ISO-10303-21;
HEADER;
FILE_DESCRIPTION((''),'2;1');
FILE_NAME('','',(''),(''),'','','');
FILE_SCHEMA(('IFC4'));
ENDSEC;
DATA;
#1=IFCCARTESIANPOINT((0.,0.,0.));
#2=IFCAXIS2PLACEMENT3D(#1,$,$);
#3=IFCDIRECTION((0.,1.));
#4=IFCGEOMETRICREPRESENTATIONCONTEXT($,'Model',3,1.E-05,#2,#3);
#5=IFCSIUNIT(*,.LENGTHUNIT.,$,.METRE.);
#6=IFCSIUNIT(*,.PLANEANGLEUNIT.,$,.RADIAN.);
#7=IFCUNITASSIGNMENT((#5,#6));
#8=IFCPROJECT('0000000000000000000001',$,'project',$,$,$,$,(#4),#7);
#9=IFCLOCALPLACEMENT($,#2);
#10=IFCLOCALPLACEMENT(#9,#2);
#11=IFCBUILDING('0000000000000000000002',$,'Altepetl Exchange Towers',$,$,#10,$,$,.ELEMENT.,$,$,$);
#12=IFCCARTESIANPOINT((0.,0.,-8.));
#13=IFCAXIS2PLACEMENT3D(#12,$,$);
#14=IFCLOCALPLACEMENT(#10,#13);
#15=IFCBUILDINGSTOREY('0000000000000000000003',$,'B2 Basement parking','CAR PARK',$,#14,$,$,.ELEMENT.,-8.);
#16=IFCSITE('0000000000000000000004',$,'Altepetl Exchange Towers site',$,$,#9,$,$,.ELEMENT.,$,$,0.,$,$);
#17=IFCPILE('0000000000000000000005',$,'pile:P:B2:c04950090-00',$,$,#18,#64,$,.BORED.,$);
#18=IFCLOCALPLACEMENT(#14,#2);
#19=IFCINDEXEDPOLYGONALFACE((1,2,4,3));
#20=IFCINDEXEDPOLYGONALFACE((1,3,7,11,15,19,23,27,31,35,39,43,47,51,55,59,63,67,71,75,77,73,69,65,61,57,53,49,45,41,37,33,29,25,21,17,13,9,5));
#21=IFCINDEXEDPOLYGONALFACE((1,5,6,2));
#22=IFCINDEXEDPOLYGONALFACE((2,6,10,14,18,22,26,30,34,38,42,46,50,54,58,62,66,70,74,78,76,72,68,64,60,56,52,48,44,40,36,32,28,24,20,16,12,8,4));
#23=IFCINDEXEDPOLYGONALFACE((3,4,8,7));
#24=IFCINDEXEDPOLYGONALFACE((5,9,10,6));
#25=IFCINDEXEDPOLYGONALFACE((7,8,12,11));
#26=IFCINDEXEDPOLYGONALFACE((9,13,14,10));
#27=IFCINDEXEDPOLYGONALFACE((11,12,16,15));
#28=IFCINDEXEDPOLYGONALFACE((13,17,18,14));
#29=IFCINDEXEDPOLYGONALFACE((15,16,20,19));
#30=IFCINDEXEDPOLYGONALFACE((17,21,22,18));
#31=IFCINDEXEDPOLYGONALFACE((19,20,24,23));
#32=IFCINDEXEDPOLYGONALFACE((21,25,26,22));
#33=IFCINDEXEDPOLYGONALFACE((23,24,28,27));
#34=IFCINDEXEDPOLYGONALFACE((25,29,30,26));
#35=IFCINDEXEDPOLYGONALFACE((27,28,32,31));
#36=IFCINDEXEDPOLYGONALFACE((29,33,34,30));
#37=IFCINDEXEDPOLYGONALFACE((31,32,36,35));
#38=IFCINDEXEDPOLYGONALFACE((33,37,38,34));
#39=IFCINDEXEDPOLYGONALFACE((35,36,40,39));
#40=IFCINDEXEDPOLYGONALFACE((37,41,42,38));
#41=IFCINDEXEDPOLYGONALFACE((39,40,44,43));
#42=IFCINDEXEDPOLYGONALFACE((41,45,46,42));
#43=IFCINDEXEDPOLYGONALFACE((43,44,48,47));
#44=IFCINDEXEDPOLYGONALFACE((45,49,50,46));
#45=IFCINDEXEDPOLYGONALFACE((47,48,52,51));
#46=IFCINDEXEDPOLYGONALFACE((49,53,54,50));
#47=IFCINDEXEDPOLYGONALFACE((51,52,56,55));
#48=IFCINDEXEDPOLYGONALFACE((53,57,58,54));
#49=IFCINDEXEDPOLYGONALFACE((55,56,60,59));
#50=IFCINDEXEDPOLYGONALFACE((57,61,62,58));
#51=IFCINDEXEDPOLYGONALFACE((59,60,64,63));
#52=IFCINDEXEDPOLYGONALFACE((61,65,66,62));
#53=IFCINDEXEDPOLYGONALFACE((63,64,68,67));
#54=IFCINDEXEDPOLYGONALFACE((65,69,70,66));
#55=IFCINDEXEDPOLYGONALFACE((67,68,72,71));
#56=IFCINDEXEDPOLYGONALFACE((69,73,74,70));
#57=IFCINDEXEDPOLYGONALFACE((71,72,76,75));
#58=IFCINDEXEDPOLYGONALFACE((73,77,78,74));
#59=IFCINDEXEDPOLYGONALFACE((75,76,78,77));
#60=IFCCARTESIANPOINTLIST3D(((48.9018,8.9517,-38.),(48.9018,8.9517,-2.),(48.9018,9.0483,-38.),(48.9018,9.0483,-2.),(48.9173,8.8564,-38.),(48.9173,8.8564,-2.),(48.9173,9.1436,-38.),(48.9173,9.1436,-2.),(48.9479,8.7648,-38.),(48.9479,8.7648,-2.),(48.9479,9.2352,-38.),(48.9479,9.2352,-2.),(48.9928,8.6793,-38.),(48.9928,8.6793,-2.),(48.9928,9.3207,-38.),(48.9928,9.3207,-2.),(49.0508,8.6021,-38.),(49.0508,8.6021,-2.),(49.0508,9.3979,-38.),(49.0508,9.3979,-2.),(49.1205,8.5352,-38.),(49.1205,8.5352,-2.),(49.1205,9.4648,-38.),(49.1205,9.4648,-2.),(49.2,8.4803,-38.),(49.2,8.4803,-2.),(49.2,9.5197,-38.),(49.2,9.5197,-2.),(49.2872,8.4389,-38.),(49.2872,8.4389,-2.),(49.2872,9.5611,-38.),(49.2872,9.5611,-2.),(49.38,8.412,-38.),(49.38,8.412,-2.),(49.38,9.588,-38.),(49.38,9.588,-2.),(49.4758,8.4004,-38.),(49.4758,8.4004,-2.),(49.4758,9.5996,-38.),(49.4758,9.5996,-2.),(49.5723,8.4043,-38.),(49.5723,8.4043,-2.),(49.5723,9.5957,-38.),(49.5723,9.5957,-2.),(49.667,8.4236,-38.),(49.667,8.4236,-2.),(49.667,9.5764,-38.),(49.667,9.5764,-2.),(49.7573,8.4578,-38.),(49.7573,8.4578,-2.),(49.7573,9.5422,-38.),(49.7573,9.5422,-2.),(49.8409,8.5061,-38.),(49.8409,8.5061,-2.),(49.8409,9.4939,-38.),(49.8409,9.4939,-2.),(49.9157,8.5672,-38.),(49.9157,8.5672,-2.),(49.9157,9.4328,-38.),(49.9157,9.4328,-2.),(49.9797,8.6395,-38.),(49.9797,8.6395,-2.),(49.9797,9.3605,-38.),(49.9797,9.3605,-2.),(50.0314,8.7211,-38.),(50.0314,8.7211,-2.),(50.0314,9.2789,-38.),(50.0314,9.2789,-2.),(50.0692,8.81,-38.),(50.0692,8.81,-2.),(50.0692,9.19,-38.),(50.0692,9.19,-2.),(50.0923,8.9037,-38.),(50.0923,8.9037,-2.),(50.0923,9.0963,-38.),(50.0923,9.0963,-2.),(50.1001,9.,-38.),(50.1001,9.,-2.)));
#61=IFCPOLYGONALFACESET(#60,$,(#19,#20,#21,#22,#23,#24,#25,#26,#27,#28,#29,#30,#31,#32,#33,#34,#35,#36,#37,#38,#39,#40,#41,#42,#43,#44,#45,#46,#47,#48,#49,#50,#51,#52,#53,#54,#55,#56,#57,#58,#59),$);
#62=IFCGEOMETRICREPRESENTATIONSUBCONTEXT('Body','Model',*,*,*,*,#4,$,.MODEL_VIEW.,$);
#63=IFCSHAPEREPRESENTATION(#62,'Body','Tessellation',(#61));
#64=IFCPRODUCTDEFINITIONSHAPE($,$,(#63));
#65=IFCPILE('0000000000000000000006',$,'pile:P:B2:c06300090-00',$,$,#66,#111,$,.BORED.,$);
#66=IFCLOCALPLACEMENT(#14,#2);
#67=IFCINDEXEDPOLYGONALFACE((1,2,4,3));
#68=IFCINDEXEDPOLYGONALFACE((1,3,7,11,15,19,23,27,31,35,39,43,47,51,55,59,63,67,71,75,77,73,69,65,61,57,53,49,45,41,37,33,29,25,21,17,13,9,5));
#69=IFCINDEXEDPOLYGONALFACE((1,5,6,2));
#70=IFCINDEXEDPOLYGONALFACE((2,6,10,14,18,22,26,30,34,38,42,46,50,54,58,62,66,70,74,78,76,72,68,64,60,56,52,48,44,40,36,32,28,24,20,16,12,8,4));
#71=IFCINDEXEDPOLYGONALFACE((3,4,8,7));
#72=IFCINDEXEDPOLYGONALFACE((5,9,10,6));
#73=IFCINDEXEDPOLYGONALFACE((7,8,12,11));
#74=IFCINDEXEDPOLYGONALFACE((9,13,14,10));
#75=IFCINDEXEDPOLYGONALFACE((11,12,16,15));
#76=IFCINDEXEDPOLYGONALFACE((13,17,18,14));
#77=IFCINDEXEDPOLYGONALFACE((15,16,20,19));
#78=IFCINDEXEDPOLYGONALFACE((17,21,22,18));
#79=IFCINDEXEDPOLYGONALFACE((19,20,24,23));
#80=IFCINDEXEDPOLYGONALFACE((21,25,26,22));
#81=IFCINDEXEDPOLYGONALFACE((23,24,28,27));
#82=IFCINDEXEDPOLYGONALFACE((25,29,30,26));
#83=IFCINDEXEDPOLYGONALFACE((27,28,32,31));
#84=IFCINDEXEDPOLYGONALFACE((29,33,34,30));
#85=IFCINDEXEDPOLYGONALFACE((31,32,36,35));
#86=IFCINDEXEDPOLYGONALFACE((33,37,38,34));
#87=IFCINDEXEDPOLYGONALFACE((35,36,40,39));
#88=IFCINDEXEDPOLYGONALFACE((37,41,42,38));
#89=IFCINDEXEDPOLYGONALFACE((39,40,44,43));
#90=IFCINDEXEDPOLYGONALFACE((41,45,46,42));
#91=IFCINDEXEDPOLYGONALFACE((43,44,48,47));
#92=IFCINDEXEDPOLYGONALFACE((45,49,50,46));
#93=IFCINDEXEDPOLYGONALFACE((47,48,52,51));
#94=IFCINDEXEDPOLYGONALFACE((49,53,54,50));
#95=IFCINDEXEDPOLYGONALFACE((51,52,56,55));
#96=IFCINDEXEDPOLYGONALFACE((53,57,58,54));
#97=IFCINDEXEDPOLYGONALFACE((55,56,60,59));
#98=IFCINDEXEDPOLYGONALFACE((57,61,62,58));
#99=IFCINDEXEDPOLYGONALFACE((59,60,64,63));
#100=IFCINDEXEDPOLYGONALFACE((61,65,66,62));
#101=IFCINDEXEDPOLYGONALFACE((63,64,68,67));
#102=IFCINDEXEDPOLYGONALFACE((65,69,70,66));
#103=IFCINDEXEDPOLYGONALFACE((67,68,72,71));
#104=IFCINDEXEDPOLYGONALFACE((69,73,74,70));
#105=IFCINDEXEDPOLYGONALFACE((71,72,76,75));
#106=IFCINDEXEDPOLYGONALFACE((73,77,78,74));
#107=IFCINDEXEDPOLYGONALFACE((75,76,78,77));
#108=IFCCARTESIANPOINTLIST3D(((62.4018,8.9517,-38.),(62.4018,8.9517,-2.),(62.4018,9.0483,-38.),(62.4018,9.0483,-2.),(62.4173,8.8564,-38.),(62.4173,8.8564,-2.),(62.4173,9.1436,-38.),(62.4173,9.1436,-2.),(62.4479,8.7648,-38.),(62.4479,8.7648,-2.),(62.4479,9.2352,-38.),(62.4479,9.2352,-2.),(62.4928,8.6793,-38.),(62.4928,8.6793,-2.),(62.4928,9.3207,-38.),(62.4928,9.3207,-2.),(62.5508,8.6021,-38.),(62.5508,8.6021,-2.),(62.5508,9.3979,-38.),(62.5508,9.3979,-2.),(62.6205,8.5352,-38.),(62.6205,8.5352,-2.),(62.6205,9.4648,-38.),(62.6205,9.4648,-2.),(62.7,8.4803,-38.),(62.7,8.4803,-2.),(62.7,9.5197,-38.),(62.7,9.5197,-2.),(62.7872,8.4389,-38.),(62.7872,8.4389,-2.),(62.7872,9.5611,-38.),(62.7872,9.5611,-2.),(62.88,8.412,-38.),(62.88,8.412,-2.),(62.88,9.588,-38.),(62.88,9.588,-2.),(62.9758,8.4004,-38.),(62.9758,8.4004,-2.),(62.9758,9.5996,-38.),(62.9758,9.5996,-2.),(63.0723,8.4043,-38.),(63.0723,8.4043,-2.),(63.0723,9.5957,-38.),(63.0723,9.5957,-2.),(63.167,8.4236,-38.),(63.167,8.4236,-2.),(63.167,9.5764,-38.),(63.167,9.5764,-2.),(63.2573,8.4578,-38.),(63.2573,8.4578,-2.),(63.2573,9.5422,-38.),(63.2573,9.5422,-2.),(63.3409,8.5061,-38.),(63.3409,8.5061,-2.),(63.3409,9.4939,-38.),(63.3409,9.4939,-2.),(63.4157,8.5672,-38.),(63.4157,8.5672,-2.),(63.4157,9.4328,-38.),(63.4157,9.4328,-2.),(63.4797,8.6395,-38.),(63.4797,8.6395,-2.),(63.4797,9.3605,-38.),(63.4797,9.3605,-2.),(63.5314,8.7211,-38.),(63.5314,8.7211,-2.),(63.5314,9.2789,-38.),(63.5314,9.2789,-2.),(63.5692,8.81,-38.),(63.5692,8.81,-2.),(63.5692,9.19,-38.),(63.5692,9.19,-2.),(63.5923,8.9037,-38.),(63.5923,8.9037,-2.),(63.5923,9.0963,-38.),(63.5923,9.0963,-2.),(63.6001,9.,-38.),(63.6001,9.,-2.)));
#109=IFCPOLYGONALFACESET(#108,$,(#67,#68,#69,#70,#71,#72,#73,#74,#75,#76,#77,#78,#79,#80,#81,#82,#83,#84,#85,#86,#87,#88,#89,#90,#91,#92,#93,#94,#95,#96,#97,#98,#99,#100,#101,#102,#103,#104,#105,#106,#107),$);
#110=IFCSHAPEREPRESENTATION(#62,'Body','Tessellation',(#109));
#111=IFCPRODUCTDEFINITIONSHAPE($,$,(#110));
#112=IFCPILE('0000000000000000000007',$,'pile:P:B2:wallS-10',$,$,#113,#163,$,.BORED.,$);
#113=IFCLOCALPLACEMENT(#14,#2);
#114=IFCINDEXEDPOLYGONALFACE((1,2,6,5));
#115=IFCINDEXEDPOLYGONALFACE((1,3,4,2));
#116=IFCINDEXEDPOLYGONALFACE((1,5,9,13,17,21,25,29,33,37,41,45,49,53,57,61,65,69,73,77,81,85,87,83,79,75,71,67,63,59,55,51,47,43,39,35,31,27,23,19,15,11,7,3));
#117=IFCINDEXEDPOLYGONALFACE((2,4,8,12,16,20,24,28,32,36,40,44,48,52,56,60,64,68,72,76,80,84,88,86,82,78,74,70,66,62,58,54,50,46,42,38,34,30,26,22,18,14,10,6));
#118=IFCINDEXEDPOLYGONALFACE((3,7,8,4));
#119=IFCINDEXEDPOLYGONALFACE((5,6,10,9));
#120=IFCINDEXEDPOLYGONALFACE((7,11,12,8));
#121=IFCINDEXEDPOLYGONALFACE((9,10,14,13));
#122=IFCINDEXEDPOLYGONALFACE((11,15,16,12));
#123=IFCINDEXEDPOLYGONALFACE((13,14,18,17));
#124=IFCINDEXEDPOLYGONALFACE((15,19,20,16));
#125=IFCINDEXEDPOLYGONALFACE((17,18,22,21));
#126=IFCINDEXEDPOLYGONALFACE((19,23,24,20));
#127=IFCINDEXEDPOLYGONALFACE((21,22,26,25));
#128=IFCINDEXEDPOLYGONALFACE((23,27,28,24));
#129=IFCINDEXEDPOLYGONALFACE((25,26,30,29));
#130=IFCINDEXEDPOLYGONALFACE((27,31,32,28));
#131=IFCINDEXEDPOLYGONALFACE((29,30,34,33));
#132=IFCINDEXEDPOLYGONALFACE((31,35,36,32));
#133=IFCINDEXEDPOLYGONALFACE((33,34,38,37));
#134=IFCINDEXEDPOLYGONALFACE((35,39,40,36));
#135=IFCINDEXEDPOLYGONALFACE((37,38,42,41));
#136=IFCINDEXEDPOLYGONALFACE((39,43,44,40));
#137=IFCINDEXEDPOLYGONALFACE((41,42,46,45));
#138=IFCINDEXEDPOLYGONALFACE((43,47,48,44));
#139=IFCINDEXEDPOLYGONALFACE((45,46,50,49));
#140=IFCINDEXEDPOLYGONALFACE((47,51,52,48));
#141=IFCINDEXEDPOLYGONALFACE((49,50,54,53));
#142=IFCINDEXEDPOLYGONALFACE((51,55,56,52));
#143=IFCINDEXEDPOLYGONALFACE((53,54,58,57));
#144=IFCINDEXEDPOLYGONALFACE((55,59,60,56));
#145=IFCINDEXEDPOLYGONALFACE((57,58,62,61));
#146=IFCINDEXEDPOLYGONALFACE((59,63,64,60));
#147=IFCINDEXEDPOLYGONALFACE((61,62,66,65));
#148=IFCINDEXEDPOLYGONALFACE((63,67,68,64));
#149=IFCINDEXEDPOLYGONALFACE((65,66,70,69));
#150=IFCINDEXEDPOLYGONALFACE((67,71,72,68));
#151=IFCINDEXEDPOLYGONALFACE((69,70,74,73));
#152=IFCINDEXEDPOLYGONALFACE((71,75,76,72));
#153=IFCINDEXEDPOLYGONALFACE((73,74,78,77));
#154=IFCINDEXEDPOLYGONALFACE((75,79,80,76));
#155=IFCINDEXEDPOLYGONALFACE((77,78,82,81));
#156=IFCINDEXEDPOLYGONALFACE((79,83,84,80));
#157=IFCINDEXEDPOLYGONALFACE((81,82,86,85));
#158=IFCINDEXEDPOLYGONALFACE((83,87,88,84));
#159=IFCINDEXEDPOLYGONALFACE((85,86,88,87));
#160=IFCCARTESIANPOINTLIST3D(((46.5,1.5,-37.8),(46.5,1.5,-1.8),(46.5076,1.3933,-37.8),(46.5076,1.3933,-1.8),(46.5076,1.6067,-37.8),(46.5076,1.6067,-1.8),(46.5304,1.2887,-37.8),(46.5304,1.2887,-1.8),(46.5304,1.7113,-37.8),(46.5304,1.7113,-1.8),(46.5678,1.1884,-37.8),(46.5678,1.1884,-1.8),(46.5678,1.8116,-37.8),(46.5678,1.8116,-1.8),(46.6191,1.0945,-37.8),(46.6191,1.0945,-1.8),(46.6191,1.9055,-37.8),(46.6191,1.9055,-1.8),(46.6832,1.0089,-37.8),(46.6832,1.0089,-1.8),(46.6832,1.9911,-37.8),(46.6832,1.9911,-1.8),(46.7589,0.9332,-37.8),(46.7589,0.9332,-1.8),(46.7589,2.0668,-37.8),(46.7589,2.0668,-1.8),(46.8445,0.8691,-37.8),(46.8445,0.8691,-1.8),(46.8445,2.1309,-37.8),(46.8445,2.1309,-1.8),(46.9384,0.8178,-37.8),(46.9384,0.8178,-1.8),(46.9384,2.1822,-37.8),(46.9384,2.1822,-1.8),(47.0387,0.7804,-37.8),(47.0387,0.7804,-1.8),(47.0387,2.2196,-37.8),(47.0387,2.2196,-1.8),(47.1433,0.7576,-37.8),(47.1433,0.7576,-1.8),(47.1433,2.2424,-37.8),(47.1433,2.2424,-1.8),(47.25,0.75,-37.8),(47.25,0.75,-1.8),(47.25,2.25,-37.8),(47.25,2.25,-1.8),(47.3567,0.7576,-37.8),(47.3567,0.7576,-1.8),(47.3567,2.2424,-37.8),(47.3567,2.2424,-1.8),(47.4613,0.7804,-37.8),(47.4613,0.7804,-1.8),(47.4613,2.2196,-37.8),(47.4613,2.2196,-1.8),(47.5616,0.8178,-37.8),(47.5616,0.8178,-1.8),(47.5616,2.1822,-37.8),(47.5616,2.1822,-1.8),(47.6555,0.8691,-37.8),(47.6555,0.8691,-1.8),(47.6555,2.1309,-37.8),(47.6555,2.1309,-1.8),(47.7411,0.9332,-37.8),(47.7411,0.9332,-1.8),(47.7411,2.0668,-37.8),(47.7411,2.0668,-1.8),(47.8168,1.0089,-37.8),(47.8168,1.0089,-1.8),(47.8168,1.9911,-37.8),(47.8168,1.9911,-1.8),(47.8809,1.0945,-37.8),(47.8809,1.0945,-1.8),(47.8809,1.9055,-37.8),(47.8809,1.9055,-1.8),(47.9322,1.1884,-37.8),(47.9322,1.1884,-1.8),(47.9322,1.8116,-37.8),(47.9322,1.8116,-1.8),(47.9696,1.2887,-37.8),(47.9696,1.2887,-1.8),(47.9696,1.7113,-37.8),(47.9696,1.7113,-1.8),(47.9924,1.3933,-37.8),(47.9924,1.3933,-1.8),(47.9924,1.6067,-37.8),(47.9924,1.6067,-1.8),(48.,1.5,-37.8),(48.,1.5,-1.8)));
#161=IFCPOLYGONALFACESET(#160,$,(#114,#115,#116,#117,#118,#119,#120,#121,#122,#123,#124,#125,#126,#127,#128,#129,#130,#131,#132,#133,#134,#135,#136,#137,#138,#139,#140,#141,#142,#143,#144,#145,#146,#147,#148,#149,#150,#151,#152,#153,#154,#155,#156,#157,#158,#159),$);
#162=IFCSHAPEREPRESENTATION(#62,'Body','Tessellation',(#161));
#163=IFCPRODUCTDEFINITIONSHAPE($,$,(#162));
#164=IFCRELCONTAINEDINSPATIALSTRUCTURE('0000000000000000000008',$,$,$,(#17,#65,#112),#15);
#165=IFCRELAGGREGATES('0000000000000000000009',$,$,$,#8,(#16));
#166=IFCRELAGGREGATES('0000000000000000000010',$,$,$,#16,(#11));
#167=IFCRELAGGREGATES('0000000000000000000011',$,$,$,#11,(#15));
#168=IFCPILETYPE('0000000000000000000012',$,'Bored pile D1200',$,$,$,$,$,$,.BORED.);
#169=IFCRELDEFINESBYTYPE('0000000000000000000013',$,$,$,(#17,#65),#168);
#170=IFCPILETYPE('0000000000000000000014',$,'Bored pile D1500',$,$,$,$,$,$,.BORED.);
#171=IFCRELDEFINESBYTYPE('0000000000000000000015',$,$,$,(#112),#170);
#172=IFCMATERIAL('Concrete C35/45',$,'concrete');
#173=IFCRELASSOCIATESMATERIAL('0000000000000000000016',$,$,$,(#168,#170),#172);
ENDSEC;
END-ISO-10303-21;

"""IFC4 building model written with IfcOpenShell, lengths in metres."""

from ifc_helpers import new_model, si_unit, direction, frame, origin, origin_2d, place, context, subcontext, project, spatial, circle, extrude, material, material_profile, profile_set, type_object, element, save


model = new_model("IFC4")

# Units and contexts
model_context = context("Model", 3, precision=1e-05, world=origin(), true_north=direction((0.0, 1.0)))
body_context = subcontext(model_context, "Body", "Model", "MODEL_VIEW")
ifc_project = project(units=[si_unit("LENGTHUNIT", "METRE"), si_unit("PLANEANGLEUNIT", "RADIAN")], contexts=[model_context])

# Site, building, storey
site_placement = place(None, origin())
site = spatial("IfcSite", under=ifc_project, at=site_placement, Name="Altepetl Exchange Towers site", CompositionType="ELEMENT", RefElevation=0.0)
building_placement = place(site_placement, origin())
building = spatial("IfcBuilding", under=site, at=building_placement, Name="Altepetl Exchange Towers", CompositionType="ELEMENT")
storey_placement = place(building_placement, frame((0.0, 0.0, -8.0)))
storey = spatial("IfcBuildingStorey", under=building, at=storey_placement, Name="B2 Basement parking", Description="CAR PARK", CompositionType="ELEMENT", Elevation=-8.0)

# Piles
ifc_material_1 = material(Name="Concrete C35/45", Category="concrete")
ifc_material_profile_1 = material_profile(ifc_material_1, circle(Radius=0.6001, at=origin_2d()), Name="D1200")
ifc_profile_set_1 = profile_set([ifc_material_profile_1], Name="Concrete C35/45")
pile_type_1 = type_object("IfcPileType", Name="Bored pile D1200", PredefinedType="BORED", material=ifc_profile_set_1)
for number, where, z_axis, x_axis, name in (
    (1, (49.5, 9.0, -2.0), (0.0, 0.0, -1.0), (1.0, 0.0, 0.0), "pile:P:B2:c04950090-00"),
    (2, (63.0, 9.0, -2.0), (0.0, 0.0, -1.0), (1.0, 0.0, 0.0), "pile:P:B2:c06300090-00"),
):
    element("IfcPile", number, at=place(storey_placement, frame(where, z_axis=z_axis, x_axis=x_axis)), inside=storey, type_object=pile_type_1, Name=name, PredefinedType="BORED", context=body_context, shape_type="SweptSolid", body=[
        extrude(circle(Radius=0.6001, at=origin_2d()), origin(), (0.0, 0.0, 1.0), 36.0),
    ])
ifc_material_profile_2 = material_profile(ifc_material_1, circle(Radius=0.75, at=origin_2d()), Name="D1500")
ifc_profile_set_2 = profile_set([ifc_material_profile_2], Name="Concrete C35/45")
pile_type_2 = type_object("IfcPileType", Name="Bored pile D1500", PredefinedType="BORED", material=ifc_profile_set_2)
for number, where, z_axis, x_axis, name in (
    (3, (47.25, 1.5, -1.8), (0.0, 0.0, -1.0), (1.0, 0.0, 0.0), "pile:P:B2:wallS-10"),
):
    element("IfcPile", number, at=place(storey_placement, frame(where, z_axis=z_axis, x_axis=x_axis)), inside=storey, type_object=pile_type_2, Name=name, PredefinedType="BORED", context=body_context, shape_type="SweptSolid", body=[
        extrude(circle(Radius=0.75, at=origin_2d()), origin(), (0.0, 0.0, 1.0), 36.0),
    ])

save(model, "model.ifc")
